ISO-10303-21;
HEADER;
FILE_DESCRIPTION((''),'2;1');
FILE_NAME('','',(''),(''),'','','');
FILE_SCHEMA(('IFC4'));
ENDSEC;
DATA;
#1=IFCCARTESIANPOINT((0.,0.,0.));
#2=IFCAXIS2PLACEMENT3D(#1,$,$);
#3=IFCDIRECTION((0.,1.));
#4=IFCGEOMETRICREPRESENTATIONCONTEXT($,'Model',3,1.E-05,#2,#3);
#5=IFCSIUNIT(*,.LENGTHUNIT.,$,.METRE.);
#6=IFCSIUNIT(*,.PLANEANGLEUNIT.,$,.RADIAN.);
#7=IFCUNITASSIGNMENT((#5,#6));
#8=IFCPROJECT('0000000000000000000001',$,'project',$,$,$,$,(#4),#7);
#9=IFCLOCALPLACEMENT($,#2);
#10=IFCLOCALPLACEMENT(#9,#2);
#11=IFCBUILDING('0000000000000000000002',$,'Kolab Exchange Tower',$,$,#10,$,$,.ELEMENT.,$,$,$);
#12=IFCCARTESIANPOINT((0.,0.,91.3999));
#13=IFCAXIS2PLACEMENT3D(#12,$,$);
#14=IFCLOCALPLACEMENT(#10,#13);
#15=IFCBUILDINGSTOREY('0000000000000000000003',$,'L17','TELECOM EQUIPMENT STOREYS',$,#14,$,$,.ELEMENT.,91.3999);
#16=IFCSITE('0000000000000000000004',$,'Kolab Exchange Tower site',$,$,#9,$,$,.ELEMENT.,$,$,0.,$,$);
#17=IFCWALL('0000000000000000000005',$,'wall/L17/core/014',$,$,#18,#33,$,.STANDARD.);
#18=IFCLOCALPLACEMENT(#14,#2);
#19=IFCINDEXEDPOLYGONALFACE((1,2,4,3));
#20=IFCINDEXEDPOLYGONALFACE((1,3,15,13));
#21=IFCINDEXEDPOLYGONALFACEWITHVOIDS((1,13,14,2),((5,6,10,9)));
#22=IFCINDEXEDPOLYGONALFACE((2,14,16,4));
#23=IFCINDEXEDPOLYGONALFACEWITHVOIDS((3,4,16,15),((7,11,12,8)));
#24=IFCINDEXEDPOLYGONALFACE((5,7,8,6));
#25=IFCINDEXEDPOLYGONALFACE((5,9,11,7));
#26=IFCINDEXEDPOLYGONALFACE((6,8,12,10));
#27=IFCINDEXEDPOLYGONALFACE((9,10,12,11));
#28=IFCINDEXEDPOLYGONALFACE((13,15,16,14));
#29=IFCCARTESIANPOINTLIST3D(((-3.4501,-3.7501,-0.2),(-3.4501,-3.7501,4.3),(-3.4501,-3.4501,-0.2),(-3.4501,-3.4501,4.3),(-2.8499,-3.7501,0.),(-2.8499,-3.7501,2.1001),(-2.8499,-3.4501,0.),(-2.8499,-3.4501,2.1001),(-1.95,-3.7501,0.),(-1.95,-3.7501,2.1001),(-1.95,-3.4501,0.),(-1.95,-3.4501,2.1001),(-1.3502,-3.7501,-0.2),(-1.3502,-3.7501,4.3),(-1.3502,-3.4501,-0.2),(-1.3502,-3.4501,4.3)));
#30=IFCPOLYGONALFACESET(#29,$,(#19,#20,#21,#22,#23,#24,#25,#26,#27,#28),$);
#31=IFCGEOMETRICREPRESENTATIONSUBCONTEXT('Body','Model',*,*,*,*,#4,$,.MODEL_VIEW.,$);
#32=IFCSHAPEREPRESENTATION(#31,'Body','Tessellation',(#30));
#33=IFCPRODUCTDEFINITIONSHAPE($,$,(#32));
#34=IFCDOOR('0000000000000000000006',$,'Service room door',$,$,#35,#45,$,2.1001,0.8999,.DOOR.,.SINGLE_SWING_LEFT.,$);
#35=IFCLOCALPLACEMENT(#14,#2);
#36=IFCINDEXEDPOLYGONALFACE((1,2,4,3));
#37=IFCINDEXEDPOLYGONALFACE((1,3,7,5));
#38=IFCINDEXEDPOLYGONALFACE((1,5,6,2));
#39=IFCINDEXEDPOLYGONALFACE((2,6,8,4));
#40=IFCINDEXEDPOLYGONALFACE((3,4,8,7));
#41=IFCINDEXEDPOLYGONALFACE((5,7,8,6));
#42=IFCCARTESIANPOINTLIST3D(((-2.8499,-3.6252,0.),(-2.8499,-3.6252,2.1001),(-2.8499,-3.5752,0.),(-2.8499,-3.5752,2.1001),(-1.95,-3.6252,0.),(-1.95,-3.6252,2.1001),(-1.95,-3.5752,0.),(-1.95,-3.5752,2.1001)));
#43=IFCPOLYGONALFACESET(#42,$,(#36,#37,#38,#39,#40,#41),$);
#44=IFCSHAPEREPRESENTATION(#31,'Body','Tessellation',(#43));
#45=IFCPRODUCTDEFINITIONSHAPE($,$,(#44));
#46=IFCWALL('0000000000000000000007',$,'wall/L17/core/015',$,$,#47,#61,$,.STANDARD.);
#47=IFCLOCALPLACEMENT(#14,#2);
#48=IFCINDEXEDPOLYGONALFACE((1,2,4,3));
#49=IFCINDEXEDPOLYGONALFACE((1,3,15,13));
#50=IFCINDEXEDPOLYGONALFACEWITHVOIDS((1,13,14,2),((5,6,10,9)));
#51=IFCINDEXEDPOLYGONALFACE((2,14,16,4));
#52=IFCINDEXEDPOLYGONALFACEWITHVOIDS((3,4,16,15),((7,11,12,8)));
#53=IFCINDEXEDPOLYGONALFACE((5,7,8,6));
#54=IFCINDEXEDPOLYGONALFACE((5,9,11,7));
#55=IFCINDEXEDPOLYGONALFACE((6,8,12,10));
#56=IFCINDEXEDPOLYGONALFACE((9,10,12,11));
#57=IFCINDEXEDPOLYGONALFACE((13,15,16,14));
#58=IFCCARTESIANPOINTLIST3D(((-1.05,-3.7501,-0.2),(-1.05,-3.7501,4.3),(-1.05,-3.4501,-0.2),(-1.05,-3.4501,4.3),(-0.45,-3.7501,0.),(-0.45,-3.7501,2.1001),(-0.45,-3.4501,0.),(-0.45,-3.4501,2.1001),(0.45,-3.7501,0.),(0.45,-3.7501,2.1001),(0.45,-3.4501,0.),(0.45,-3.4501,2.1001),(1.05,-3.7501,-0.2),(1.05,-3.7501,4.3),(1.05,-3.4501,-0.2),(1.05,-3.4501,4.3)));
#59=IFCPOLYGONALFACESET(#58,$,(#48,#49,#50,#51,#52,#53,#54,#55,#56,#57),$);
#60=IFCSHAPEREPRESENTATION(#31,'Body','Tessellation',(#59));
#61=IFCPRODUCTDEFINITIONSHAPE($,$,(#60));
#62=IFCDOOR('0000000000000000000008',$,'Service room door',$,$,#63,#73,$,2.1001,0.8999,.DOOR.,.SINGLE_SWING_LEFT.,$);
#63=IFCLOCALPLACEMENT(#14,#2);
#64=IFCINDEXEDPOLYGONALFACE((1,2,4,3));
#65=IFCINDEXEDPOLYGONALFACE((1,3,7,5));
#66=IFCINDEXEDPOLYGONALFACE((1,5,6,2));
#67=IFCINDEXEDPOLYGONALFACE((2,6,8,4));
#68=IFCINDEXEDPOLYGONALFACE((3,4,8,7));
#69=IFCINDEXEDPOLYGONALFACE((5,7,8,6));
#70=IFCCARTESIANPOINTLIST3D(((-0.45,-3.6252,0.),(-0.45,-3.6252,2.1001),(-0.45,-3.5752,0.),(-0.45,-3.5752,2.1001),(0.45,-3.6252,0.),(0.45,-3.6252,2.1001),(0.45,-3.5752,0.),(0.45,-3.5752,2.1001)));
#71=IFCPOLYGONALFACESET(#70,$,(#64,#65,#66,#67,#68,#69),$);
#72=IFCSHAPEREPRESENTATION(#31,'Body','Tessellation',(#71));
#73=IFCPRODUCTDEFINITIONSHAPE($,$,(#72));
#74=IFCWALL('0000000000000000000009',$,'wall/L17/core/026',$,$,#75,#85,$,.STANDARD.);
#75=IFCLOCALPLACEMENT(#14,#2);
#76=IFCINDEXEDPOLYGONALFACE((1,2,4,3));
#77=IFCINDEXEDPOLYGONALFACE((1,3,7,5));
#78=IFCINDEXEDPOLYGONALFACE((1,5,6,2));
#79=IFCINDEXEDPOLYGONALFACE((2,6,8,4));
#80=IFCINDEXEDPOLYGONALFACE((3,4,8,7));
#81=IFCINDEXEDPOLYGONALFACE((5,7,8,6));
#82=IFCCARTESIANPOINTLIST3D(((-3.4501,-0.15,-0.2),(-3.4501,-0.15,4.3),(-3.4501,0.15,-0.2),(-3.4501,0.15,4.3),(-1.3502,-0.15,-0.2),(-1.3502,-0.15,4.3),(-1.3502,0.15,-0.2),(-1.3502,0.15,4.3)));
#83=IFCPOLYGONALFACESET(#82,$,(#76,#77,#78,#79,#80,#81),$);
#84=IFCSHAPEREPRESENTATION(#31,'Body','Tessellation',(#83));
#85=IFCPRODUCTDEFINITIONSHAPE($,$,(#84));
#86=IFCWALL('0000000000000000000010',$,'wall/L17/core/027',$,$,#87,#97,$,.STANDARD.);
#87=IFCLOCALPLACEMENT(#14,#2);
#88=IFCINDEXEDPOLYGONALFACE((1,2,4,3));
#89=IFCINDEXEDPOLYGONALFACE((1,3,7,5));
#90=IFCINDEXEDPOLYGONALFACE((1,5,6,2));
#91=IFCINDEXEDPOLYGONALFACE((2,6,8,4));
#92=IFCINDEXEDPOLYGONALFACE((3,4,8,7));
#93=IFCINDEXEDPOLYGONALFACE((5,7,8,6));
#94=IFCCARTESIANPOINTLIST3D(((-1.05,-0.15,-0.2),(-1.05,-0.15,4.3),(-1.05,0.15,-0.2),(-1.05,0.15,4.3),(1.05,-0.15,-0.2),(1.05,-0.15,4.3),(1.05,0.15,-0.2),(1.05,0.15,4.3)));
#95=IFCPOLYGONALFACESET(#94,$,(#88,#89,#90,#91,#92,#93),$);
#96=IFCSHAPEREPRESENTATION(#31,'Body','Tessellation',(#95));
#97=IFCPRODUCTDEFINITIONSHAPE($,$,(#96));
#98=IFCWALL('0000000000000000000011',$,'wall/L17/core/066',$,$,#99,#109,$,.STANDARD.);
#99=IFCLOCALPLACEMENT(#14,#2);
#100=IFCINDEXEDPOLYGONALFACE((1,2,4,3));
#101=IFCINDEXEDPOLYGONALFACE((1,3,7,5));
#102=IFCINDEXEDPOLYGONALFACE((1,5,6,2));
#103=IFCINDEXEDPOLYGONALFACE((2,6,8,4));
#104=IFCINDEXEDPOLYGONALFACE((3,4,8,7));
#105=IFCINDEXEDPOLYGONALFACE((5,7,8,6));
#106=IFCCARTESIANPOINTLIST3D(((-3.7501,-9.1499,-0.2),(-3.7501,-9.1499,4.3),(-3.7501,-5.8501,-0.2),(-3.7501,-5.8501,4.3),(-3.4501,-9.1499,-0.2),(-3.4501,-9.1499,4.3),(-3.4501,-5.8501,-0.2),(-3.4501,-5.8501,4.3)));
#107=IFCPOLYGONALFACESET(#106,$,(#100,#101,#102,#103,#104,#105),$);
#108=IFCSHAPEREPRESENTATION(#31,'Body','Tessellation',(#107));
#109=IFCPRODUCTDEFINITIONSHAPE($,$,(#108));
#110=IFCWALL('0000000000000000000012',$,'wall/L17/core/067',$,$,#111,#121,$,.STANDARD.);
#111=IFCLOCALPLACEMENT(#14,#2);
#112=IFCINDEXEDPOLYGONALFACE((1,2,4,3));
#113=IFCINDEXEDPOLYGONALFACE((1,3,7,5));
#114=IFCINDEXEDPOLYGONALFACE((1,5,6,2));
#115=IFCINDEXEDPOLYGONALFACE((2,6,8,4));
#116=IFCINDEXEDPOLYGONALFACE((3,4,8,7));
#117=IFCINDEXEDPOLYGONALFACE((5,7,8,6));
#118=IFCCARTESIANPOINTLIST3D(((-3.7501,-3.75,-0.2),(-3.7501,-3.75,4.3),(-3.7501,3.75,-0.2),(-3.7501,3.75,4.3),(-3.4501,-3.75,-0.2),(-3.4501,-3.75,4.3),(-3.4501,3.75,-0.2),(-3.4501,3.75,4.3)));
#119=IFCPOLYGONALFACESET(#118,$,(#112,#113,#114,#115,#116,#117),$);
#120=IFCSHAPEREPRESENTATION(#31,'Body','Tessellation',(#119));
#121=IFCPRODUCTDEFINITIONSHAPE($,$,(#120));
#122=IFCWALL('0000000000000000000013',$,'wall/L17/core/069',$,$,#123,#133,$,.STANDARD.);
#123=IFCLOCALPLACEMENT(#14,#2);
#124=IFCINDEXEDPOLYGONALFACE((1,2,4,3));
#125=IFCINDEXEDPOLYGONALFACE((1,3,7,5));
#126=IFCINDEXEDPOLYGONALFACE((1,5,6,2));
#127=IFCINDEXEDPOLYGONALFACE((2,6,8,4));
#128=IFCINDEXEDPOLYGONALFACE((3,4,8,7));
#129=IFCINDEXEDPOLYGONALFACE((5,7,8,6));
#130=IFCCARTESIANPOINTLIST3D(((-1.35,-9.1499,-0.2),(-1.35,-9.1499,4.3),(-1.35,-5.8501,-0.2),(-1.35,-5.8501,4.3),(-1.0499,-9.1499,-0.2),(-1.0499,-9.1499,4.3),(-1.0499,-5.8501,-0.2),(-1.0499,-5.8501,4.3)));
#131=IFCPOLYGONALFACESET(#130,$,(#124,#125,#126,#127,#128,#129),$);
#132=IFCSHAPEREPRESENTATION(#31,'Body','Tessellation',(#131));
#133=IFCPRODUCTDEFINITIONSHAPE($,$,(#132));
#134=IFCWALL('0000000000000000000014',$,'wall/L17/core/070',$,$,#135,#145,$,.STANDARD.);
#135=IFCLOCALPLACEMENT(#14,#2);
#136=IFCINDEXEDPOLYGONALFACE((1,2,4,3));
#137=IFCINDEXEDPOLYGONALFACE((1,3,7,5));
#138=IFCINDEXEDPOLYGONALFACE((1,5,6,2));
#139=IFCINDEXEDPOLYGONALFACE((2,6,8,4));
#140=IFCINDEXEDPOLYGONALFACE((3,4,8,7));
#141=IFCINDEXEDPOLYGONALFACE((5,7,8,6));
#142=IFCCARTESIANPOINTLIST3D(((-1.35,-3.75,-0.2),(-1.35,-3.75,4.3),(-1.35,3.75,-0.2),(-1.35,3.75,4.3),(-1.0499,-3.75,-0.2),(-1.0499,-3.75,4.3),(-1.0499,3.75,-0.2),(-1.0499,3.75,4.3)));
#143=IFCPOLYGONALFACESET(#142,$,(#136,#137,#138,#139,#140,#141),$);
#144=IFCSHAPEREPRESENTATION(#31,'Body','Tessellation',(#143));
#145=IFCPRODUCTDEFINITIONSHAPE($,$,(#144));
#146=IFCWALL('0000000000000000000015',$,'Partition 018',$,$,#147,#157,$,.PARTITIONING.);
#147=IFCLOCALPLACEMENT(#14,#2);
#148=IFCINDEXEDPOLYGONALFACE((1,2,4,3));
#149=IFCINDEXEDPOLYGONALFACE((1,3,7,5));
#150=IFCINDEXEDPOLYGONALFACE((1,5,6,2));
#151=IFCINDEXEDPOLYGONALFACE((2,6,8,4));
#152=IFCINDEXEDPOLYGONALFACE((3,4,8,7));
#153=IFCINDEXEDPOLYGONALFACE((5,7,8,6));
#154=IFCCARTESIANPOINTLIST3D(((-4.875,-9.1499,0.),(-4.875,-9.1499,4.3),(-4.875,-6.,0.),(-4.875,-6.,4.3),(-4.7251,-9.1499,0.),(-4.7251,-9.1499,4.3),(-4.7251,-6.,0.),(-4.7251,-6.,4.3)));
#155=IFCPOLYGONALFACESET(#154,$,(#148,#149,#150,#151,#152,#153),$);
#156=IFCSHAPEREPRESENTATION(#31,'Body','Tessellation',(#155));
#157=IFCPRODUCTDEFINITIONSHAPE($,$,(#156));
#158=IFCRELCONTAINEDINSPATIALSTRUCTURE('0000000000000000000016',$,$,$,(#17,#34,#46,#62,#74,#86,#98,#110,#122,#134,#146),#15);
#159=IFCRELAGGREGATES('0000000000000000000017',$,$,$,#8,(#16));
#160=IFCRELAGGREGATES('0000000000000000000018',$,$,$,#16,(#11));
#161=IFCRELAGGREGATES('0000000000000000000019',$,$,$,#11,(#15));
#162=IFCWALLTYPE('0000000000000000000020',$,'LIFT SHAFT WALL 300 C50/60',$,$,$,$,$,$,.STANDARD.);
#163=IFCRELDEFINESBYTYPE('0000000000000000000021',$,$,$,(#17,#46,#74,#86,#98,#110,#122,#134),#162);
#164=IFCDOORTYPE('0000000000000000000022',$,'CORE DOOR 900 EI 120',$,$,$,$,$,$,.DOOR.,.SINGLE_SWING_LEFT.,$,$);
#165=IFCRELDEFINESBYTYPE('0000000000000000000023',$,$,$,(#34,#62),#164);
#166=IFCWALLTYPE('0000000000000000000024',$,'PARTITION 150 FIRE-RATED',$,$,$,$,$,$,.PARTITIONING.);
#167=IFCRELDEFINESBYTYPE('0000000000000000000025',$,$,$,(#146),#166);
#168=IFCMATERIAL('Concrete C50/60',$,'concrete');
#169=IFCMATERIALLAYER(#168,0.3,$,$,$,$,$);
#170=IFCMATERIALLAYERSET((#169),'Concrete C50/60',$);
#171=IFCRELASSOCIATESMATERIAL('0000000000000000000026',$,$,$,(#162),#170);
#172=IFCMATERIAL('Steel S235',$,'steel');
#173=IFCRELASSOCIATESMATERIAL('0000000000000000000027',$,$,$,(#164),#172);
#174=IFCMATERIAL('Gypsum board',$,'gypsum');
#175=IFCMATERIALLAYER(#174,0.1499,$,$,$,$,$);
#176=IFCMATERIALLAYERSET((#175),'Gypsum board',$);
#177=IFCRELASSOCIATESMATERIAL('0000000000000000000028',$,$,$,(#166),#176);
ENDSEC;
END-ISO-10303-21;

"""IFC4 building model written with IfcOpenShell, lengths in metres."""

from ifc_helpers import new_model, si_unit, direction, frame, frame_2d, origin, place, context, subcontext, project, spatial, rectangle, extrude, material, layer, layer_set, type_object, element, fill, save


model = new_model("IFC4")

# Units and contexts
model_context = context("Model", 3, precision=1e-05, world=origin(), true_north=direction((0.0, 1.0)))
body_context = subcontext(model_context, "Body", "Model", "MODEL_VIEW")
ifc_project = project(units=[si_unit("LENGTHUNIT", "METRE"), si_unit("PLANEANGLEUNIT", "RADIAN")], contexts=[model_context])

# Site, building, storey
site_placement = place(None, origin())
site = spatial("IfcSite", under=ifc_project, at=site_placement, Name="Kolab Exchange Tower site", CompositionType="ELEMENT", RefElevation=0.0)
building_placement = place(site_placement, origin())
building = spatial("IfcBuilding", under=site, at=building_placement, Name="Kolab Exchange Tower", CompositionType="ELEMENT")
storey_placement = place(building_placement, frame((0.0, 0.0, 91.3999)))
storey = spatial("IfcBuildingStorey", under=building, at=storey_placement, Name="L17", Description="TELECOM EQUIPMENT STOREYS", CompositionType="ELEMENT", Elevation=91.3999)

# Walls, openings, doors
ifc_material_1 = material(Name="Concrete C50/60", Category="concrete")
ifc_layer_1 = layer(ifc_material_1, 0.3)
ifc_layer_set_1 = layer_set([ifc_layer_1], Name="Concrete C50/60")
wall_type_1 = type_object("IfcWallType", Name="LIFT SHAFT WALL 300 C50/60", PredefinedType="STANDARD", material=ifc_layer_set_1)
ifc_material_2 = material(Name="Steel S235", Category="steel")
door_type_1 = type_object("IfcDoorType", Name="CORE DOOR 900 EI 120", OperationType="SINGLE_SWING_LEFT", PredefinedType="DOOR", material=ifc_material_2)
wall_1_placement = place(storey_placement, frame((-3.45, -3.6001, -0.2), z_axis=(0.0, 0.0, 1.0), x_axis=(1.0, 0.0, 0.0)))
wall_1 = element("IfcWall", 1, at=wall_1_placement, inside=storey, type_object=wall_type_1, Name="wall/L17/core/014", PredefinedType="STANDARD", context=body_context, shape_type="SweptSolid", body=[
    extrude(rectangle(XDim=2.0999, YDim=0.3, at=frame_2d((1.0498, 0.0))), origin(), (0.0, 0.0, 1.0), 4.5),
])
opening_1_placement = place(wall_1_placement, frame((0.6001, 0.0, 0.2)))
opening_1 = element("IfcOpeningElement", 2, at=opening_1_placement, cuts=wall_1, PredefinedType="OPENING", context=body_context, shape_type="SweptSolid", body=[
    extrude(rectangle(XDim=0.8999, YDim=2.1001, at=frame_2d((0.45, 1.05))), frame((0.0, 0.1602, 0.0), z_axis=(0.0, -1.0, 0.0), x_axis=(1.0, 0.0, 0.0)), (0.0, 0.0, 1.0), 0.3201),
])
door_1_placement = place(opening_1_placement, origin())
door_1 = element("IfcDoor", 3, at=door_1_placement, inside=storey, type_object=door_type_1, Name="Service room door", OperationType="SINGLE_SWING_LEFT", OverallHeight=2.1001, OverallWidth=0.8999, PredefinedType="DOOR", context=body_context, shape_type="SweptSolid", body=[
    extrude(rectangle(XDim=0.8999, YDim=2.1001, at=frame_2d((0.45, 1.05))), frame((0.0, 0.0249, 0.0), z_axis=(0.0, -1.0, 0.0), x_axis=(1.0, 0.0, 0.0)), (0.0, 0.0, 1.0), 0.05),
])
fill(opening_1, door_1)
wall_2_placement = place(storey_placement, frame((-1.05, -3.6001, -0.2), z_axis=(0.0, 0.0, 1.0), x_axis=(1.0, 0.0, 0.0)))
wall_2 = element("IfcWall", 4, at=wall_2_placement, inside=storey, type_object=wall_type_1, Name="wall/L17/core/015", PredefinedType="STANDARD", context=body_context, shape_type="SweptSolid", body=[
    extrude(rectangle(XDim=2.1001, YDim=0.3, at=frame_2d((1.05, 0.0))), origin(), (0.0, 0.0, 1.0), 4.5),
])
opening_2_placement = place(wall_2_placement, frame((0.6001, 0.0, 0.2)))
opening_2 = element("IfcOpeningElement", 5, at=opening_2_placement, cuts=wall_2, PredefinedType="OPENING", context=body_context, shape_type="SweptSolid", body=[
    extrude(rectangle(XDim=0.8999, YDim=2.1001, at=frame_2d((0.45, 1.05))), frame((0.0, 0.1602, 0.0), z_axis=(0.0, -1.0, 0.0), x_axis=(1.0, 0.0, 0.0)), (0.0, 0.0, 1.0), 0.3201),
])
door_2_placement = place(opening_2_placement, origin())
door_2 = element("IfcDoor", 6, at=door_2_placement, inside=storey, type_object=door_type_1, Name="Service room door", OperationType="SINGLE_SWING_LEFT", OverallHeight=2.1001, OverallWidth=0.8999, PredefinedType="DOOR", context=body_context, shape_type="SweptSolid", body=[
    extrude(rectangle(XDim=0.8999, YDim=2.1001, at=frame_2d((0.45, 1.05))), frame((0.0, 0.0249, 0.0), z_axis=(0.0, -1.0, 0.0), x_axis=(1.0, 0.0, 0.0)), (0.0, 0.0, 1.0), 0.05),
])
fill(opening_2, door_2)

# Walls
wall_3_placement = place(storey_placement, frame((-3.45, 0.0, -0.2), z_axis=(0.0, 0.0, 1.0), x_axis=(1.0, 0.0, 0.0)))
element("IfcWall", 7, at=wall_3_placement, inside=storey, type_object=wall_type_1, Name="wall/L17/core/026", PredefinedType="STANDARD", context=body_context, shape_type="SweptSolid", body=[
    extrude(rectangle(XDim=2.0999, YDim=0.3, at=frame_2d((1.0498, 0.0))), origin(), (0.0, 0.0, 1.0), 4.5),
])
wall_4_placement = place(storey_placement, frame((-1.05, 0.0, -0.2), z_axis=(0.0, 0.0, 1.0), x_axis=(1.0, 0.0, 0.0)))
element("IfcWall", 8, at=wall_4_placement, inside=storey, type_object=wall_type_1, Name="wall/L17/core/027", PredefinedType="STANDARD", context=body_context, shape_type="SweptSolid", body=[
    extrude(rectangle(XDim=2.1001, YDim=0.3, at=frame_2d((1.05, 0.0))), origin(), (0.0, 0.0, 1.0), 4.5),
])
wall_5_placement = place(storey_placement, frame((-3.6001, -9.1499, -0.2), z_axis=(0.0, 0.0, 1.0), x_axis=(0.0, 1.0, 0.0)))
element("IfcWall", 9, at=wall_5_placement, inside=storey, type_object=wall_type_1, Name="wall/L17/core/066", PredefinedType="STANDARD", context=body_context, shape_type="SweptSolid", body=[
    extrude(rectangle(XDim=3.2998, YDim=0.3, at=frame_2d((1.6499, 0.0))), origin(), (0.0, 0.0, 1.0), 4.5),
])
wall_6_placement = place(storey_placement, frame((-3.6001, -3.75, -0.2), z_axis=(0.0, 0.0, 1.0), x_axis=(0.0, 1.0, 0.0)))
element("IfcWall", 10, at=wall_6_placement, inside=storey, type_object=wall_type_1, Name="wall/L17/core/067", PredefinedType="STANDARD", context=body_context, shape_type="SweptSolid", body=[
    extrude(rectangle(XDim=7.5, YDim=0.3, at=frame_2d((3.75, 0.0))), origin(), (0.0, 0.0, 1.0), 4.5),
])
wall_7_placement = place(storey_placement, frame((-1.2, -9.1499, -0.2), z_axis=(0.0, 0.0, 1.0), x_axis=(0.0, 1.0, 0.0)))
element("IfcWall", 11, at=wall_7_placement, inside=storey, type_object=wall_type_1, Name="wall/L17/core/069", PredefinedType="STANDARD", context=body_context, shape_type="SweptSolid", body=[
    extrude(rectangle(XDim=3.2998, YDim=0.3, at=frame_2d((1.6499, 0.0))), origin(), (0.0, 0.0, 1.0), 4.5),
])
wall_8_placement = place(storey_placement, frame((-1.2, -3.75, -0.2), z_axis=(0.0, 0.0, 1.0), x_axis=(0.0, 1.0, 0.0)))
element("IfcWall", 12, at=wall_8_placement, inside=storey, type_object=wall_type_1, Name="wall/L17/core/070", PredefinedType="STANDARD", context=body_context, shape_type="SweptSolid", body=[
    extrude(rectangle(XDim=7.5, YDim=0.3, at=frame_2d((3.75, 0.0))), origin(), (0.0, 0.0, 1.0), 4.5),
])
ifc_material_3 = material(Name="Gypsum board", Category="gypsum")
ifc_layer_2 = layer(ifc_material_3, 0.1499)
ifc_layer_set_2 = layer_set([ifc_layer_2], Name="Gypsum board")
wall_type_2 = type_object("IfcWallType", Name="PARTITION 150 FIRE-RATED", PredefinedType="PARTITIONING", material=ifc_layer_set_2)
wall_9_placement = place(storey_placement, frame((-4.8, -9.1499, 0.0), z_axis=(0.0, 0.0, 1.0), x_axis=(0.0, 1.0, 0.0)))
element("IfcWall", 13, at=wall_9_placement, inside=storey, type_object=wall_type_2, Name="Partition 018", PredefinedType="PARTITIONING", context=body_context, shape_type="SweptSolid", body=[
    extrude(rectangle(XDim=3.1499, YDim=0.1499, at=frame_2d((1.575, 0.0))), origin(), (0.0, 0.0, 1.0), 4.3),
])

save(model, "model.ifc")
